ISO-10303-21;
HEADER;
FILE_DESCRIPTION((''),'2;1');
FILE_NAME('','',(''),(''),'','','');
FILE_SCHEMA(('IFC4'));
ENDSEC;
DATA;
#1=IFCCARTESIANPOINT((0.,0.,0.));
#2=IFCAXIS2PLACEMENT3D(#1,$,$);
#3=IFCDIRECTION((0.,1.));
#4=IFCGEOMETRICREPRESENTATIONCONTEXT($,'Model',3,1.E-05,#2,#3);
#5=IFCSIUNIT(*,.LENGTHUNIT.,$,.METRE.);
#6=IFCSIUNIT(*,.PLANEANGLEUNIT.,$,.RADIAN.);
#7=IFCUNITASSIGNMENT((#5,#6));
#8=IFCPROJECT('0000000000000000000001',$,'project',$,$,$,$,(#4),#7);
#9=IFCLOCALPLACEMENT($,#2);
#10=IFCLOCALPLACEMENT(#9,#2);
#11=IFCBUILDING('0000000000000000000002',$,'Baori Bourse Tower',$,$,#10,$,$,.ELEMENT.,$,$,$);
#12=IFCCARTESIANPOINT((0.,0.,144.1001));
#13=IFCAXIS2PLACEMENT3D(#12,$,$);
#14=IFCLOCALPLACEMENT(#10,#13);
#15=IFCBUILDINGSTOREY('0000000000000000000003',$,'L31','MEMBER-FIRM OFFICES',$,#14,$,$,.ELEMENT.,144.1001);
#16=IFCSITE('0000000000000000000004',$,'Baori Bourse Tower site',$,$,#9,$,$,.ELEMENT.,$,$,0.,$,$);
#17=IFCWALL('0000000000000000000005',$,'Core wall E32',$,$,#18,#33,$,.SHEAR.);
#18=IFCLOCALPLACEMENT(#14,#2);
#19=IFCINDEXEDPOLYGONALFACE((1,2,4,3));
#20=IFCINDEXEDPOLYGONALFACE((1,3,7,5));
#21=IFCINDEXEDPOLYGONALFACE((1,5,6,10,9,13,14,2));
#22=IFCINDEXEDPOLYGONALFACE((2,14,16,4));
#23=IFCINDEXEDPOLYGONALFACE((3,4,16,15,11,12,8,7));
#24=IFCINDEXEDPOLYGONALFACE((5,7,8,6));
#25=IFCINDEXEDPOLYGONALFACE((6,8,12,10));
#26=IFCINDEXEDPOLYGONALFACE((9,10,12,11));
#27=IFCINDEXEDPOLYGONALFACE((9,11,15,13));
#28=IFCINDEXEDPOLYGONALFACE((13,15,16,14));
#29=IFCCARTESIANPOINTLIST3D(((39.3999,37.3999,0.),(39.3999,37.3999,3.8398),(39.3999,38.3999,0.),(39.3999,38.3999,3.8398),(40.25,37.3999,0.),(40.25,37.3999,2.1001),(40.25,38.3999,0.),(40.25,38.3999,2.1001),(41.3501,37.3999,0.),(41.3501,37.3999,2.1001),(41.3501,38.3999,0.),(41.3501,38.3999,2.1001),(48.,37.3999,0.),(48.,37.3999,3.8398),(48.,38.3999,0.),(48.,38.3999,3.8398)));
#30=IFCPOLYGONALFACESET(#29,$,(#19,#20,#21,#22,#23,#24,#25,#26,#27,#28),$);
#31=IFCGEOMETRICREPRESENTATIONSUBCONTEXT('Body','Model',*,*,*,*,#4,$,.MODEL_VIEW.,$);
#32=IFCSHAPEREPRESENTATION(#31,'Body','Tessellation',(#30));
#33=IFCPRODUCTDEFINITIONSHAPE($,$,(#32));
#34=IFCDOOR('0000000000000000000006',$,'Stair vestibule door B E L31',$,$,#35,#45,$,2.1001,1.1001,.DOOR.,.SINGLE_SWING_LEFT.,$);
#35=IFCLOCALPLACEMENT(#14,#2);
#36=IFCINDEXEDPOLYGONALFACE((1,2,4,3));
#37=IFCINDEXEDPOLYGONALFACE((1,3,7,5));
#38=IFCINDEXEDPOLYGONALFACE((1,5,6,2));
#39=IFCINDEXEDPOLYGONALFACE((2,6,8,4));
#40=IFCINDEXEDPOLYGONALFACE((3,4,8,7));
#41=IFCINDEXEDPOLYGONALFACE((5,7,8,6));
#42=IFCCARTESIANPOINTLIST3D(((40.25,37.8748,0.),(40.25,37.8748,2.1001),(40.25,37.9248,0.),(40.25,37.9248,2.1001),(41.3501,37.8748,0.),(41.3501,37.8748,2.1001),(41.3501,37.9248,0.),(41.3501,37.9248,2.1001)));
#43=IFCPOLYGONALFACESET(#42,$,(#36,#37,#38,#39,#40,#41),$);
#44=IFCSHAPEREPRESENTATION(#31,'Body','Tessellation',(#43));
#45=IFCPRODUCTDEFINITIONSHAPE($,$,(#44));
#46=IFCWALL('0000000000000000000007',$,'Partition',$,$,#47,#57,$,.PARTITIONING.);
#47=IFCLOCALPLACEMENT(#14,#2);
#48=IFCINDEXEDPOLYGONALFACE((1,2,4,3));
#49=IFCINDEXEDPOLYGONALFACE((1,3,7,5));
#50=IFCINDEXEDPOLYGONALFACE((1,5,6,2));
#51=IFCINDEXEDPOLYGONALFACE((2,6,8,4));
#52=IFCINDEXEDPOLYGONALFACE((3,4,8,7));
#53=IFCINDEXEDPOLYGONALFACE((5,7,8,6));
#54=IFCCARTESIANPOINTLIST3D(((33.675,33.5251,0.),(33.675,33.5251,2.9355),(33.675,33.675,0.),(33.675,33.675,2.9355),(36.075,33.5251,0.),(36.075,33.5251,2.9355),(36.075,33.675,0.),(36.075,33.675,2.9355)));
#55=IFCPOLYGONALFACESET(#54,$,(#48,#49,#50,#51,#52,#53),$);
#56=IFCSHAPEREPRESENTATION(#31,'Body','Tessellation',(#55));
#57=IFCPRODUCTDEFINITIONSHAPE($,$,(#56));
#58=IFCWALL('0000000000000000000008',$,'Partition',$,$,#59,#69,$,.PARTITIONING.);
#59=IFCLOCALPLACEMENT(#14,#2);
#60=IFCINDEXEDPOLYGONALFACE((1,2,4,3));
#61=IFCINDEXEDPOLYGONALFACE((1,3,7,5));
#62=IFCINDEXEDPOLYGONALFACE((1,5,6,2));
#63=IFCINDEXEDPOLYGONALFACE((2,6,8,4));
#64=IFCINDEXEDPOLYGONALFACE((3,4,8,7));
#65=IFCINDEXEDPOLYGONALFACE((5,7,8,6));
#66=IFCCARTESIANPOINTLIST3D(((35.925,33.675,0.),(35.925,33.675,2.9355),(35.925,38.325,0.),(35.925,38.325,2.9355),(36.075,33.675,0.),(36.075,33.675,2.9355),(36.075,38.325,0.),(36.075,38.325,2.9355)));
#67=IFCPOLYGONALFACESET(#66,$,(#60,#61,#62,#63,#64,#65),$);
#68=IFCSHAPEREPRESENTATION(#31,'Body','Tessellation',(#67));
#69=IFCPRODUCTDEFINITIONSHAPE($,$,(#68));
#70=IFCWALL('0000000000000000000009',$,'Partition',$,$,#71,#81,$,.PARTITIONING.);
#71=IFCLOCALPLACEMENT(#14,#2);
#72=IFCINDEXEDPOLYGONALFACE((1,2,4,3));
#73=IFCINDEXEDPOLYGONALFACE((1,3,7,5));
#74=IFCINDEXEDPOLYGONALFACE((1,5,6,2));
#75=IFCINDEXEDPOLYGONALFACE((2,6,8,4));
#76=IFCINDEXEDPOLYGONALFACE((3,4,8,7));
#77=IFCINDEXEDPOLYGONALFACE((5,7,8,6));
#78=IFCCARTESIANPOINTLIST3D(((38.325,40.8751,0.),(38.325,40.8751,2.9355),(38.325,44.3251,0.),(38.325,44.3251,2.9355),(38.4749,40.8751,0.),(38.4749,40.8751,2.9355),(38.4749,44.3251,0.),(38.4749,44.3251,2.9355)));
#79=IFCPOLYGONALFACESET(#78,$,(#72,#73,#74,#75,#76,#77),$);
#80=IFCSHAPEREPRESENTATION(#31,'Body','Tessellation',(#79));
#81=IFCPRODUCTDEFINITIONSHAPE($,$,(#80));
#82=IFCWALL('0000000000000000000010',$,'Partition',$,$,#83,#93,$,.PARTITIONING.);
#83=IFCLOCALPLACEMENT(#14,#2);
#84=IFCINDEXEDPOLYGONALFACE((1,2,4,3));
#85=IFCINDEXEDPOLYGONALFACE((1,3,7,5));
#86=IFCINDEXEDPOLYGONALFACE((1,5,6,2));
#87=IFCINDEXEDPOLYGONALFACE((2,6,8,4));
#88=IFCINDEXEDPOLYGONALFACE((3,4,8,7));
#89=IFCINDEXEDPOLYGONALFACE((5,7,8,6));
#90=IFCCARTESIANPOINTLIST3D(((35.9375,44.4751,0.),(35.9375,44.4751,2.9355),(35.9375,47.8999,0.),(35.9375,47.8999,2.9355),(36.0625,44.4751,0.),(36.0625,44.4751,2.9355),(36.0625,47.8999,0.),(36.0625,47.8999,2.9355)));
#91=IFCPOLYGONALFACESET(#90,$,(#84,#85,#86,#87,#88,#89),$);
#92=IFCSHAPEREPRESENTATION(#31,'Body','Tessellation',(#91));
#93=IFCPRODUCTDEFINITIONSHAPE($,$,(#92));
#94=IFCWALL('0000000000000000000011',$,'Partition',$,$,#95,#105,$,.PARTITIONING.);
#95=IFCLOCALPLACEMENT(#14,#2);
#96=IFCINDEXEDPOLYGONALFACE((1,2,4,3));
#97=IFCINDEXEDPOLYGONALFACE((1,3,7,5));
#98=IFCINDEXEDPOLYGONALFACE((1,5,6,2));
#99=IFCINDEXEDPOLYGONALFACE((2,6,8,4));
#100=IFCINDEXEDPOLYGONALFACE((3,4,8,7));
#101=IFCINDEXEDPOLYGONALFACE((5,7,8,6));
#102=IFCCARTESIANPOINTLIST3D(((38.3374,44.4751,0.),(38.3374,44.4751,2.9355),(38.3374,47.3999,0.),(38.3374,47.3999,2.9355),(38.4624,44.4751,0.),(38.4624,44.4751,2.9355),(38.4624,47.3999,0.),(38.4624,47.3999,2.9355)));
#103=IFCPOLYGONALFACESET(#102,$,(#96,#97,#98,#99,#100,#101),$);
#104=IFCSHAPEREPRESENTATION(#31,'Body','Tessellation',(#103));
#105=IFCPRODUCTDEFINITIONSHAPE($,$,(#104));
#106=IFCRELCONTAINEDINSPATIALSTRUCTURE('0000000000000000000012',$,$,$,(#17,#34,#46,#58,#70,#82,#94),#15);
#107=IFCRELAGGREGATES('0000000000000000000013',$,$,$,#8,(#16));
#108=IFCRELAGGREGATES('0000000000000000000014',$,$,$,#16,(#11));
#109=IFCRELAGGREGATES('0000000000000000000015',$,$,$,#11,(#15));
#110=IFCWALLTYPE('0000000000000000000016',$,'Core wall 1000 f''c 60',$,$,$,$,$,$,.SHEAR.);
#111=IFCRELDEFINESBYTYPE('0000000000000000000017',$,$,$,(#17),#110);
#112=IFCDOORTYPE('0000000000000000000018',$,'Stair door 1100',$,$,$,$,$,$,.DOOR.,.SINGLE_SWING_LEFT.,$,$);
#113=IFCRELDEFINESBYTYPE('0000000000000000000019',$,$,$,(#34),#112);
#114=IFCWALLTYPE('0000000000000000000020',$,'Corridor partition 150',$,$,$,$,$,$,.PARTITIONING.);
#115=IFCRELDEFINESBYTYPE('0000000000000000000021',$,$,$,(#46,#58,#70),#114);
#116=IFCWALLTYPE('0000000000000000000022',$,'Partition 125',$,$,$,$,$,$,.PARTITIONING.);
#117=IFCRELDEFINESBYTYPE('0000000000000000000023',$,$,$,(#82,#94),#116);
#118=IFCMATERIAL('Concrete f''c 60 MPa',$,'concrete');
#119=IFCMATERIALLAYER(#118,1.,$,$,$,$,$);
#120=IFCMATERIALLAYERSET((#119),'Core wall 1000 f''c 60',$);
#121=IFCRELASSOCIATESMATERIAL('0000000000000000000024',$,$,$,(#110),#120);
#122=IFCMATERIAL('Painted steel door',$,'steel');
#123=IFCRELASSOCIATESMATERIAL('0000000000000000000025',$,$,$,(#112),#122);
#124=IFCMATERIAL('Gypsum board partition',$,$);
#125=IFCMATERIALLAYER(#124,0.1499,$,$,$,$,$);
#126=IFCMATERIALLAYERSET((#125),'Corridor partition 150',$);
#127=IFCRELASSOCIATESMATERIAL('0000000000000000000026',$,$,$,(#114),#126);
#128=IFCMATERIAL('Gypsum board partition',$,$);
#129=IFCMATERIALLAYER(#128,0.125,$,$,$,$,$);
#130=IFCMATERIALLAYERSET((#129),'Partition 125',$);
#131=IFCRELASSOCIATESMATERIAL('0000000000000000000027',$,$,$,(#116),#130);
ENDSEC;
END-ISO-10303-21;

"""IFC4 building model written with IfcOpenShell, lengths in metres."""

from ifc_helpers import new_model, si_unit, direction, frame, frame_2d, origin, place, context, subcontext, project, spatial, rectangle, extrude, material, layer, layer_set, type_object, element, fill, save


model = new_model("IFC4")

# Units and contexts
model_context = context("Model", 3, precision=1e-05, world=origin(), true_north=direction((0.0, 1.0)))
body_context = subcontext(model_context, "Body", "Model", "MODEL_VIEW")
ifc_project = project(units=[si_unit("LENGTHUNIT", "METRE"), si_unit("PLANEANGLEUNIT", "RADIAN")], contexts=[model_context])

# Site, building, storey
site_placement = place(None, origin())
site = spatial("IfcSite", under=ifc_project, at=site_placement, Name="Baori Bourse Tower site", CompositionType="ELEMENT", RefElevation=0.0)
building_placement = place(site_placement, origin())
building = spatial("IfcBuilding", under=site, at=building_placement, Name="Baori Bourse Tower", CompositionType="ELEMENT")
storey_placement = place(building_placement, frame((0.0, 0.0, 144.1001)))
storey = spatial("IfcBuildingStorey", under=building, at=storey_placement, Name="L31", Description="MEMBER-FIRM OFFICES", CompositionType="ELEMENT", Elevation=144.1001)

# Wall, opening, door
ifc_material_1 = material(Name="Concrete f'c 60 MPa", Category="concrete")
ifc_layer_1 = layer(ifc_material_1, 1.0)
ifc_layer_set_1 = layer_set([ifc_layer_1], Name="Core wall 1000 f'c 60")
wall_type_1 = type_object("IfcWallType", Name="Core wall 1000 f'c 60", PredefinedType="SHEAR", material=ifc_layer_set_1)
wall_1_placement = place(storey_placement, frame((39.3999, 37.8999, 0.0), z_axis=(0.0, 0.0, 1.0), x_axis=(1.0, 0.0, 0.0)))
wall_1 = element("IfcWall", 1, at=wall_1_placement, inside=storey, type_object=wall_type_1, Name="Core wall E32", PredefinedType="SHEAR", context=body_context, shape_type="SweptSolid", body=[
    extrude(rectangle(XDim=8.6001, YDim=1.0, at=frame_2d((4.3, 0.0))), origin(), (0.0, 0.0, 1.0), 3.8398),
])
opening_1_placement = place(wall_1_placement, frame((0.8501, 0.0, 0.0)))
opening_1 = element("IfcOpeningElement", 2, at=opening_1_placement, cuts=wall_1, PredefinedType="OPENING", context=body_context, shape_type="SweptSolid", body=[
    extrude(rectangle(XDim=1.1001, YDim=2.1001, at=frame_2d((0.55, 1.05))), frame((0.0, 0.51, 0.0), z_axis=(0.0, -1.0, 0.0), x_axis=(1.0, 0.0, 0.0)), (0.0, 0.0, 1.0), 1.02),
])
ifc_material_2 = material(Name="Painted steel door", Category="steel")
door_type_1 = type_object("IfcDoorType", Name="Stair door 1100", OperationType="SINGLE_SWING_LEFT", PredefinedType="DOOR", material=ifc_material_2)
door_1_placement = place(opening_1_placement, origin())
door_1 = element("IfcDoor", 3, at=door_1_placement, inside=storey, type_object=door_type_1, Name="Stair vestibule door B E L31", OperationType="SINGLE_SWING_LEFT", OverallHeight=2.1001, OverallWidth=1.1001, PredefinedType="DOOR", context=body_context, shape_type="SweptSolid", body=[
    extrude(rectangle(XDim=1.1001, YDim=2.1001, at=frame_2d((0.55, 1.05))), frame((0.0, 0.0249, 0.0), z_axis=(0.0, -1.0, 0.0), x_axis=(1.0, 0.0, 0.0)), (0.0, 0.0, 1.0), 0.05),
])
fill(opening_1, door_1)

# Walls
ifc_material_3 = material(Name="Gypsum board partition")
ifc_layer_2 = layer(ifc_material_3, 0.1499)
ifc_layer_set_2 = layer_set([ifc_layer_2], Name="Corridor partition 150")
wall_type_2 = type_object("IfcWallType", Name="Corridor partition 150", PredefinedType="PARTITIONING", material=ifc_layer_set_2)
wall_2_placement = place(storey_placement, frame((33.675, 33.6001, 0.0), z_axis=(0.0, 0.0, 1.0), x_axis=(1.0, 0.0, 0.0)))
element("IfcWall", 4, at=wall_2_placement, inside=storey, type_object=wall_type_2, Name="Partition", PredefinedType="PARTITIONING", context=body_context, shape_type="SweptSolid", body=[
    extrude(rectangle(XDim=2.3999, YDim=0.1499, at=frame_2d((1.2, 0.0))), origin(), (0.0, 0.0, 1.0), 2.9355),
])
wall_3_placement = place(storey_placement, frame((36.0, 33.675, 0.0), z_axis=(0.0, 0.0, 1.0), x_axis=(0.0, 1.0, 0.0)))
element("IfcWall", 5, at=wall_3_placement, inside=storey, type_object=wall_type_2, Name="Partition", PredefinedType="PARTITIONING", context=body_context, shape_type="SweptSolid", body=[
    extrude(rectangle(XDim=4.6499, YDim=0.1499, at=frame_2d((2.325, 0.0))), origin(), (0.0, 0.0, 1.0), 2.9355),
])
wall_4_placement = place(storey_placement, frame((38.3999, 40.875, 0.0), z_axis=(0.0, 0.0, 1.0), x_axis=(0.0, 1.0, 0.0)))
element("IfcWall", 6, at=wall_4_placement, inside=storey, type_object=wall_type_2, Name="Partition", PredefinedType="PARTITIONING", context=body_context, shape_type="SweptSolid", body=[
    extrude(rectangle(XDim=3.45, YDim=0.1499, at=frame_2d((1.7251, 0.0))), origin(), (0.0, 0.0, 1.0), 2.9355),
])
ifc_material_4 = material(Name="Gypsum board partition")
ifc_layer_3 = layer(ifc_material_4, 0.125)
ifc_layer_set_3 = layer_set([ifc_layer_3], Name="Partition 125")
wall_type_3 = type_object("IfcWallType", Name="Partition 125", PredefinedType="PARTITIONING", material=ifc_layer_set_3)
wall_5_placement = place(storey_placement, frame((36.0, 44.4751, 0.0), z_axis=(0.0, 0.0, 1.0), x_axis=(0.0, 1.0, 0.0)))
element("IfcWall", 7, at=wall_5_placement, inside=storey, type_object=wall_type_3, Name="Partition", PredefinedType="PARTITIONING", context=body_context, shape_type="SweptSolid", body=[
    extrude(rectangle(XDim=3.4248, YDim=0.125, at=frame_2d((1.7124, 0.0))), origin(), (0.0, 0.0, 1.0), 2.9355),
])
wall_6_placement = place(storey_placement, frame((38.3999, 44.4751, 0.0), z_axis=(0.0, 0.0, 1.0), x_axis=(0.0, 1.0, 0.0)))
element("IfcWall", 8, at=wall_6_placement, inside=storey, type_object=wall_type_3, Name="Partition", PredefinedType="PARTITIONING", context=body_context, shape_type="SweptSolid", body=[
    extrude(rectangle(XDim=2.9248, YDim=0.125, at=frame_2d((1.4624, 0.0))), origin(), (0.0, 0.0, 1.0), 2.9355),
])

save(model, "model.ifc")
